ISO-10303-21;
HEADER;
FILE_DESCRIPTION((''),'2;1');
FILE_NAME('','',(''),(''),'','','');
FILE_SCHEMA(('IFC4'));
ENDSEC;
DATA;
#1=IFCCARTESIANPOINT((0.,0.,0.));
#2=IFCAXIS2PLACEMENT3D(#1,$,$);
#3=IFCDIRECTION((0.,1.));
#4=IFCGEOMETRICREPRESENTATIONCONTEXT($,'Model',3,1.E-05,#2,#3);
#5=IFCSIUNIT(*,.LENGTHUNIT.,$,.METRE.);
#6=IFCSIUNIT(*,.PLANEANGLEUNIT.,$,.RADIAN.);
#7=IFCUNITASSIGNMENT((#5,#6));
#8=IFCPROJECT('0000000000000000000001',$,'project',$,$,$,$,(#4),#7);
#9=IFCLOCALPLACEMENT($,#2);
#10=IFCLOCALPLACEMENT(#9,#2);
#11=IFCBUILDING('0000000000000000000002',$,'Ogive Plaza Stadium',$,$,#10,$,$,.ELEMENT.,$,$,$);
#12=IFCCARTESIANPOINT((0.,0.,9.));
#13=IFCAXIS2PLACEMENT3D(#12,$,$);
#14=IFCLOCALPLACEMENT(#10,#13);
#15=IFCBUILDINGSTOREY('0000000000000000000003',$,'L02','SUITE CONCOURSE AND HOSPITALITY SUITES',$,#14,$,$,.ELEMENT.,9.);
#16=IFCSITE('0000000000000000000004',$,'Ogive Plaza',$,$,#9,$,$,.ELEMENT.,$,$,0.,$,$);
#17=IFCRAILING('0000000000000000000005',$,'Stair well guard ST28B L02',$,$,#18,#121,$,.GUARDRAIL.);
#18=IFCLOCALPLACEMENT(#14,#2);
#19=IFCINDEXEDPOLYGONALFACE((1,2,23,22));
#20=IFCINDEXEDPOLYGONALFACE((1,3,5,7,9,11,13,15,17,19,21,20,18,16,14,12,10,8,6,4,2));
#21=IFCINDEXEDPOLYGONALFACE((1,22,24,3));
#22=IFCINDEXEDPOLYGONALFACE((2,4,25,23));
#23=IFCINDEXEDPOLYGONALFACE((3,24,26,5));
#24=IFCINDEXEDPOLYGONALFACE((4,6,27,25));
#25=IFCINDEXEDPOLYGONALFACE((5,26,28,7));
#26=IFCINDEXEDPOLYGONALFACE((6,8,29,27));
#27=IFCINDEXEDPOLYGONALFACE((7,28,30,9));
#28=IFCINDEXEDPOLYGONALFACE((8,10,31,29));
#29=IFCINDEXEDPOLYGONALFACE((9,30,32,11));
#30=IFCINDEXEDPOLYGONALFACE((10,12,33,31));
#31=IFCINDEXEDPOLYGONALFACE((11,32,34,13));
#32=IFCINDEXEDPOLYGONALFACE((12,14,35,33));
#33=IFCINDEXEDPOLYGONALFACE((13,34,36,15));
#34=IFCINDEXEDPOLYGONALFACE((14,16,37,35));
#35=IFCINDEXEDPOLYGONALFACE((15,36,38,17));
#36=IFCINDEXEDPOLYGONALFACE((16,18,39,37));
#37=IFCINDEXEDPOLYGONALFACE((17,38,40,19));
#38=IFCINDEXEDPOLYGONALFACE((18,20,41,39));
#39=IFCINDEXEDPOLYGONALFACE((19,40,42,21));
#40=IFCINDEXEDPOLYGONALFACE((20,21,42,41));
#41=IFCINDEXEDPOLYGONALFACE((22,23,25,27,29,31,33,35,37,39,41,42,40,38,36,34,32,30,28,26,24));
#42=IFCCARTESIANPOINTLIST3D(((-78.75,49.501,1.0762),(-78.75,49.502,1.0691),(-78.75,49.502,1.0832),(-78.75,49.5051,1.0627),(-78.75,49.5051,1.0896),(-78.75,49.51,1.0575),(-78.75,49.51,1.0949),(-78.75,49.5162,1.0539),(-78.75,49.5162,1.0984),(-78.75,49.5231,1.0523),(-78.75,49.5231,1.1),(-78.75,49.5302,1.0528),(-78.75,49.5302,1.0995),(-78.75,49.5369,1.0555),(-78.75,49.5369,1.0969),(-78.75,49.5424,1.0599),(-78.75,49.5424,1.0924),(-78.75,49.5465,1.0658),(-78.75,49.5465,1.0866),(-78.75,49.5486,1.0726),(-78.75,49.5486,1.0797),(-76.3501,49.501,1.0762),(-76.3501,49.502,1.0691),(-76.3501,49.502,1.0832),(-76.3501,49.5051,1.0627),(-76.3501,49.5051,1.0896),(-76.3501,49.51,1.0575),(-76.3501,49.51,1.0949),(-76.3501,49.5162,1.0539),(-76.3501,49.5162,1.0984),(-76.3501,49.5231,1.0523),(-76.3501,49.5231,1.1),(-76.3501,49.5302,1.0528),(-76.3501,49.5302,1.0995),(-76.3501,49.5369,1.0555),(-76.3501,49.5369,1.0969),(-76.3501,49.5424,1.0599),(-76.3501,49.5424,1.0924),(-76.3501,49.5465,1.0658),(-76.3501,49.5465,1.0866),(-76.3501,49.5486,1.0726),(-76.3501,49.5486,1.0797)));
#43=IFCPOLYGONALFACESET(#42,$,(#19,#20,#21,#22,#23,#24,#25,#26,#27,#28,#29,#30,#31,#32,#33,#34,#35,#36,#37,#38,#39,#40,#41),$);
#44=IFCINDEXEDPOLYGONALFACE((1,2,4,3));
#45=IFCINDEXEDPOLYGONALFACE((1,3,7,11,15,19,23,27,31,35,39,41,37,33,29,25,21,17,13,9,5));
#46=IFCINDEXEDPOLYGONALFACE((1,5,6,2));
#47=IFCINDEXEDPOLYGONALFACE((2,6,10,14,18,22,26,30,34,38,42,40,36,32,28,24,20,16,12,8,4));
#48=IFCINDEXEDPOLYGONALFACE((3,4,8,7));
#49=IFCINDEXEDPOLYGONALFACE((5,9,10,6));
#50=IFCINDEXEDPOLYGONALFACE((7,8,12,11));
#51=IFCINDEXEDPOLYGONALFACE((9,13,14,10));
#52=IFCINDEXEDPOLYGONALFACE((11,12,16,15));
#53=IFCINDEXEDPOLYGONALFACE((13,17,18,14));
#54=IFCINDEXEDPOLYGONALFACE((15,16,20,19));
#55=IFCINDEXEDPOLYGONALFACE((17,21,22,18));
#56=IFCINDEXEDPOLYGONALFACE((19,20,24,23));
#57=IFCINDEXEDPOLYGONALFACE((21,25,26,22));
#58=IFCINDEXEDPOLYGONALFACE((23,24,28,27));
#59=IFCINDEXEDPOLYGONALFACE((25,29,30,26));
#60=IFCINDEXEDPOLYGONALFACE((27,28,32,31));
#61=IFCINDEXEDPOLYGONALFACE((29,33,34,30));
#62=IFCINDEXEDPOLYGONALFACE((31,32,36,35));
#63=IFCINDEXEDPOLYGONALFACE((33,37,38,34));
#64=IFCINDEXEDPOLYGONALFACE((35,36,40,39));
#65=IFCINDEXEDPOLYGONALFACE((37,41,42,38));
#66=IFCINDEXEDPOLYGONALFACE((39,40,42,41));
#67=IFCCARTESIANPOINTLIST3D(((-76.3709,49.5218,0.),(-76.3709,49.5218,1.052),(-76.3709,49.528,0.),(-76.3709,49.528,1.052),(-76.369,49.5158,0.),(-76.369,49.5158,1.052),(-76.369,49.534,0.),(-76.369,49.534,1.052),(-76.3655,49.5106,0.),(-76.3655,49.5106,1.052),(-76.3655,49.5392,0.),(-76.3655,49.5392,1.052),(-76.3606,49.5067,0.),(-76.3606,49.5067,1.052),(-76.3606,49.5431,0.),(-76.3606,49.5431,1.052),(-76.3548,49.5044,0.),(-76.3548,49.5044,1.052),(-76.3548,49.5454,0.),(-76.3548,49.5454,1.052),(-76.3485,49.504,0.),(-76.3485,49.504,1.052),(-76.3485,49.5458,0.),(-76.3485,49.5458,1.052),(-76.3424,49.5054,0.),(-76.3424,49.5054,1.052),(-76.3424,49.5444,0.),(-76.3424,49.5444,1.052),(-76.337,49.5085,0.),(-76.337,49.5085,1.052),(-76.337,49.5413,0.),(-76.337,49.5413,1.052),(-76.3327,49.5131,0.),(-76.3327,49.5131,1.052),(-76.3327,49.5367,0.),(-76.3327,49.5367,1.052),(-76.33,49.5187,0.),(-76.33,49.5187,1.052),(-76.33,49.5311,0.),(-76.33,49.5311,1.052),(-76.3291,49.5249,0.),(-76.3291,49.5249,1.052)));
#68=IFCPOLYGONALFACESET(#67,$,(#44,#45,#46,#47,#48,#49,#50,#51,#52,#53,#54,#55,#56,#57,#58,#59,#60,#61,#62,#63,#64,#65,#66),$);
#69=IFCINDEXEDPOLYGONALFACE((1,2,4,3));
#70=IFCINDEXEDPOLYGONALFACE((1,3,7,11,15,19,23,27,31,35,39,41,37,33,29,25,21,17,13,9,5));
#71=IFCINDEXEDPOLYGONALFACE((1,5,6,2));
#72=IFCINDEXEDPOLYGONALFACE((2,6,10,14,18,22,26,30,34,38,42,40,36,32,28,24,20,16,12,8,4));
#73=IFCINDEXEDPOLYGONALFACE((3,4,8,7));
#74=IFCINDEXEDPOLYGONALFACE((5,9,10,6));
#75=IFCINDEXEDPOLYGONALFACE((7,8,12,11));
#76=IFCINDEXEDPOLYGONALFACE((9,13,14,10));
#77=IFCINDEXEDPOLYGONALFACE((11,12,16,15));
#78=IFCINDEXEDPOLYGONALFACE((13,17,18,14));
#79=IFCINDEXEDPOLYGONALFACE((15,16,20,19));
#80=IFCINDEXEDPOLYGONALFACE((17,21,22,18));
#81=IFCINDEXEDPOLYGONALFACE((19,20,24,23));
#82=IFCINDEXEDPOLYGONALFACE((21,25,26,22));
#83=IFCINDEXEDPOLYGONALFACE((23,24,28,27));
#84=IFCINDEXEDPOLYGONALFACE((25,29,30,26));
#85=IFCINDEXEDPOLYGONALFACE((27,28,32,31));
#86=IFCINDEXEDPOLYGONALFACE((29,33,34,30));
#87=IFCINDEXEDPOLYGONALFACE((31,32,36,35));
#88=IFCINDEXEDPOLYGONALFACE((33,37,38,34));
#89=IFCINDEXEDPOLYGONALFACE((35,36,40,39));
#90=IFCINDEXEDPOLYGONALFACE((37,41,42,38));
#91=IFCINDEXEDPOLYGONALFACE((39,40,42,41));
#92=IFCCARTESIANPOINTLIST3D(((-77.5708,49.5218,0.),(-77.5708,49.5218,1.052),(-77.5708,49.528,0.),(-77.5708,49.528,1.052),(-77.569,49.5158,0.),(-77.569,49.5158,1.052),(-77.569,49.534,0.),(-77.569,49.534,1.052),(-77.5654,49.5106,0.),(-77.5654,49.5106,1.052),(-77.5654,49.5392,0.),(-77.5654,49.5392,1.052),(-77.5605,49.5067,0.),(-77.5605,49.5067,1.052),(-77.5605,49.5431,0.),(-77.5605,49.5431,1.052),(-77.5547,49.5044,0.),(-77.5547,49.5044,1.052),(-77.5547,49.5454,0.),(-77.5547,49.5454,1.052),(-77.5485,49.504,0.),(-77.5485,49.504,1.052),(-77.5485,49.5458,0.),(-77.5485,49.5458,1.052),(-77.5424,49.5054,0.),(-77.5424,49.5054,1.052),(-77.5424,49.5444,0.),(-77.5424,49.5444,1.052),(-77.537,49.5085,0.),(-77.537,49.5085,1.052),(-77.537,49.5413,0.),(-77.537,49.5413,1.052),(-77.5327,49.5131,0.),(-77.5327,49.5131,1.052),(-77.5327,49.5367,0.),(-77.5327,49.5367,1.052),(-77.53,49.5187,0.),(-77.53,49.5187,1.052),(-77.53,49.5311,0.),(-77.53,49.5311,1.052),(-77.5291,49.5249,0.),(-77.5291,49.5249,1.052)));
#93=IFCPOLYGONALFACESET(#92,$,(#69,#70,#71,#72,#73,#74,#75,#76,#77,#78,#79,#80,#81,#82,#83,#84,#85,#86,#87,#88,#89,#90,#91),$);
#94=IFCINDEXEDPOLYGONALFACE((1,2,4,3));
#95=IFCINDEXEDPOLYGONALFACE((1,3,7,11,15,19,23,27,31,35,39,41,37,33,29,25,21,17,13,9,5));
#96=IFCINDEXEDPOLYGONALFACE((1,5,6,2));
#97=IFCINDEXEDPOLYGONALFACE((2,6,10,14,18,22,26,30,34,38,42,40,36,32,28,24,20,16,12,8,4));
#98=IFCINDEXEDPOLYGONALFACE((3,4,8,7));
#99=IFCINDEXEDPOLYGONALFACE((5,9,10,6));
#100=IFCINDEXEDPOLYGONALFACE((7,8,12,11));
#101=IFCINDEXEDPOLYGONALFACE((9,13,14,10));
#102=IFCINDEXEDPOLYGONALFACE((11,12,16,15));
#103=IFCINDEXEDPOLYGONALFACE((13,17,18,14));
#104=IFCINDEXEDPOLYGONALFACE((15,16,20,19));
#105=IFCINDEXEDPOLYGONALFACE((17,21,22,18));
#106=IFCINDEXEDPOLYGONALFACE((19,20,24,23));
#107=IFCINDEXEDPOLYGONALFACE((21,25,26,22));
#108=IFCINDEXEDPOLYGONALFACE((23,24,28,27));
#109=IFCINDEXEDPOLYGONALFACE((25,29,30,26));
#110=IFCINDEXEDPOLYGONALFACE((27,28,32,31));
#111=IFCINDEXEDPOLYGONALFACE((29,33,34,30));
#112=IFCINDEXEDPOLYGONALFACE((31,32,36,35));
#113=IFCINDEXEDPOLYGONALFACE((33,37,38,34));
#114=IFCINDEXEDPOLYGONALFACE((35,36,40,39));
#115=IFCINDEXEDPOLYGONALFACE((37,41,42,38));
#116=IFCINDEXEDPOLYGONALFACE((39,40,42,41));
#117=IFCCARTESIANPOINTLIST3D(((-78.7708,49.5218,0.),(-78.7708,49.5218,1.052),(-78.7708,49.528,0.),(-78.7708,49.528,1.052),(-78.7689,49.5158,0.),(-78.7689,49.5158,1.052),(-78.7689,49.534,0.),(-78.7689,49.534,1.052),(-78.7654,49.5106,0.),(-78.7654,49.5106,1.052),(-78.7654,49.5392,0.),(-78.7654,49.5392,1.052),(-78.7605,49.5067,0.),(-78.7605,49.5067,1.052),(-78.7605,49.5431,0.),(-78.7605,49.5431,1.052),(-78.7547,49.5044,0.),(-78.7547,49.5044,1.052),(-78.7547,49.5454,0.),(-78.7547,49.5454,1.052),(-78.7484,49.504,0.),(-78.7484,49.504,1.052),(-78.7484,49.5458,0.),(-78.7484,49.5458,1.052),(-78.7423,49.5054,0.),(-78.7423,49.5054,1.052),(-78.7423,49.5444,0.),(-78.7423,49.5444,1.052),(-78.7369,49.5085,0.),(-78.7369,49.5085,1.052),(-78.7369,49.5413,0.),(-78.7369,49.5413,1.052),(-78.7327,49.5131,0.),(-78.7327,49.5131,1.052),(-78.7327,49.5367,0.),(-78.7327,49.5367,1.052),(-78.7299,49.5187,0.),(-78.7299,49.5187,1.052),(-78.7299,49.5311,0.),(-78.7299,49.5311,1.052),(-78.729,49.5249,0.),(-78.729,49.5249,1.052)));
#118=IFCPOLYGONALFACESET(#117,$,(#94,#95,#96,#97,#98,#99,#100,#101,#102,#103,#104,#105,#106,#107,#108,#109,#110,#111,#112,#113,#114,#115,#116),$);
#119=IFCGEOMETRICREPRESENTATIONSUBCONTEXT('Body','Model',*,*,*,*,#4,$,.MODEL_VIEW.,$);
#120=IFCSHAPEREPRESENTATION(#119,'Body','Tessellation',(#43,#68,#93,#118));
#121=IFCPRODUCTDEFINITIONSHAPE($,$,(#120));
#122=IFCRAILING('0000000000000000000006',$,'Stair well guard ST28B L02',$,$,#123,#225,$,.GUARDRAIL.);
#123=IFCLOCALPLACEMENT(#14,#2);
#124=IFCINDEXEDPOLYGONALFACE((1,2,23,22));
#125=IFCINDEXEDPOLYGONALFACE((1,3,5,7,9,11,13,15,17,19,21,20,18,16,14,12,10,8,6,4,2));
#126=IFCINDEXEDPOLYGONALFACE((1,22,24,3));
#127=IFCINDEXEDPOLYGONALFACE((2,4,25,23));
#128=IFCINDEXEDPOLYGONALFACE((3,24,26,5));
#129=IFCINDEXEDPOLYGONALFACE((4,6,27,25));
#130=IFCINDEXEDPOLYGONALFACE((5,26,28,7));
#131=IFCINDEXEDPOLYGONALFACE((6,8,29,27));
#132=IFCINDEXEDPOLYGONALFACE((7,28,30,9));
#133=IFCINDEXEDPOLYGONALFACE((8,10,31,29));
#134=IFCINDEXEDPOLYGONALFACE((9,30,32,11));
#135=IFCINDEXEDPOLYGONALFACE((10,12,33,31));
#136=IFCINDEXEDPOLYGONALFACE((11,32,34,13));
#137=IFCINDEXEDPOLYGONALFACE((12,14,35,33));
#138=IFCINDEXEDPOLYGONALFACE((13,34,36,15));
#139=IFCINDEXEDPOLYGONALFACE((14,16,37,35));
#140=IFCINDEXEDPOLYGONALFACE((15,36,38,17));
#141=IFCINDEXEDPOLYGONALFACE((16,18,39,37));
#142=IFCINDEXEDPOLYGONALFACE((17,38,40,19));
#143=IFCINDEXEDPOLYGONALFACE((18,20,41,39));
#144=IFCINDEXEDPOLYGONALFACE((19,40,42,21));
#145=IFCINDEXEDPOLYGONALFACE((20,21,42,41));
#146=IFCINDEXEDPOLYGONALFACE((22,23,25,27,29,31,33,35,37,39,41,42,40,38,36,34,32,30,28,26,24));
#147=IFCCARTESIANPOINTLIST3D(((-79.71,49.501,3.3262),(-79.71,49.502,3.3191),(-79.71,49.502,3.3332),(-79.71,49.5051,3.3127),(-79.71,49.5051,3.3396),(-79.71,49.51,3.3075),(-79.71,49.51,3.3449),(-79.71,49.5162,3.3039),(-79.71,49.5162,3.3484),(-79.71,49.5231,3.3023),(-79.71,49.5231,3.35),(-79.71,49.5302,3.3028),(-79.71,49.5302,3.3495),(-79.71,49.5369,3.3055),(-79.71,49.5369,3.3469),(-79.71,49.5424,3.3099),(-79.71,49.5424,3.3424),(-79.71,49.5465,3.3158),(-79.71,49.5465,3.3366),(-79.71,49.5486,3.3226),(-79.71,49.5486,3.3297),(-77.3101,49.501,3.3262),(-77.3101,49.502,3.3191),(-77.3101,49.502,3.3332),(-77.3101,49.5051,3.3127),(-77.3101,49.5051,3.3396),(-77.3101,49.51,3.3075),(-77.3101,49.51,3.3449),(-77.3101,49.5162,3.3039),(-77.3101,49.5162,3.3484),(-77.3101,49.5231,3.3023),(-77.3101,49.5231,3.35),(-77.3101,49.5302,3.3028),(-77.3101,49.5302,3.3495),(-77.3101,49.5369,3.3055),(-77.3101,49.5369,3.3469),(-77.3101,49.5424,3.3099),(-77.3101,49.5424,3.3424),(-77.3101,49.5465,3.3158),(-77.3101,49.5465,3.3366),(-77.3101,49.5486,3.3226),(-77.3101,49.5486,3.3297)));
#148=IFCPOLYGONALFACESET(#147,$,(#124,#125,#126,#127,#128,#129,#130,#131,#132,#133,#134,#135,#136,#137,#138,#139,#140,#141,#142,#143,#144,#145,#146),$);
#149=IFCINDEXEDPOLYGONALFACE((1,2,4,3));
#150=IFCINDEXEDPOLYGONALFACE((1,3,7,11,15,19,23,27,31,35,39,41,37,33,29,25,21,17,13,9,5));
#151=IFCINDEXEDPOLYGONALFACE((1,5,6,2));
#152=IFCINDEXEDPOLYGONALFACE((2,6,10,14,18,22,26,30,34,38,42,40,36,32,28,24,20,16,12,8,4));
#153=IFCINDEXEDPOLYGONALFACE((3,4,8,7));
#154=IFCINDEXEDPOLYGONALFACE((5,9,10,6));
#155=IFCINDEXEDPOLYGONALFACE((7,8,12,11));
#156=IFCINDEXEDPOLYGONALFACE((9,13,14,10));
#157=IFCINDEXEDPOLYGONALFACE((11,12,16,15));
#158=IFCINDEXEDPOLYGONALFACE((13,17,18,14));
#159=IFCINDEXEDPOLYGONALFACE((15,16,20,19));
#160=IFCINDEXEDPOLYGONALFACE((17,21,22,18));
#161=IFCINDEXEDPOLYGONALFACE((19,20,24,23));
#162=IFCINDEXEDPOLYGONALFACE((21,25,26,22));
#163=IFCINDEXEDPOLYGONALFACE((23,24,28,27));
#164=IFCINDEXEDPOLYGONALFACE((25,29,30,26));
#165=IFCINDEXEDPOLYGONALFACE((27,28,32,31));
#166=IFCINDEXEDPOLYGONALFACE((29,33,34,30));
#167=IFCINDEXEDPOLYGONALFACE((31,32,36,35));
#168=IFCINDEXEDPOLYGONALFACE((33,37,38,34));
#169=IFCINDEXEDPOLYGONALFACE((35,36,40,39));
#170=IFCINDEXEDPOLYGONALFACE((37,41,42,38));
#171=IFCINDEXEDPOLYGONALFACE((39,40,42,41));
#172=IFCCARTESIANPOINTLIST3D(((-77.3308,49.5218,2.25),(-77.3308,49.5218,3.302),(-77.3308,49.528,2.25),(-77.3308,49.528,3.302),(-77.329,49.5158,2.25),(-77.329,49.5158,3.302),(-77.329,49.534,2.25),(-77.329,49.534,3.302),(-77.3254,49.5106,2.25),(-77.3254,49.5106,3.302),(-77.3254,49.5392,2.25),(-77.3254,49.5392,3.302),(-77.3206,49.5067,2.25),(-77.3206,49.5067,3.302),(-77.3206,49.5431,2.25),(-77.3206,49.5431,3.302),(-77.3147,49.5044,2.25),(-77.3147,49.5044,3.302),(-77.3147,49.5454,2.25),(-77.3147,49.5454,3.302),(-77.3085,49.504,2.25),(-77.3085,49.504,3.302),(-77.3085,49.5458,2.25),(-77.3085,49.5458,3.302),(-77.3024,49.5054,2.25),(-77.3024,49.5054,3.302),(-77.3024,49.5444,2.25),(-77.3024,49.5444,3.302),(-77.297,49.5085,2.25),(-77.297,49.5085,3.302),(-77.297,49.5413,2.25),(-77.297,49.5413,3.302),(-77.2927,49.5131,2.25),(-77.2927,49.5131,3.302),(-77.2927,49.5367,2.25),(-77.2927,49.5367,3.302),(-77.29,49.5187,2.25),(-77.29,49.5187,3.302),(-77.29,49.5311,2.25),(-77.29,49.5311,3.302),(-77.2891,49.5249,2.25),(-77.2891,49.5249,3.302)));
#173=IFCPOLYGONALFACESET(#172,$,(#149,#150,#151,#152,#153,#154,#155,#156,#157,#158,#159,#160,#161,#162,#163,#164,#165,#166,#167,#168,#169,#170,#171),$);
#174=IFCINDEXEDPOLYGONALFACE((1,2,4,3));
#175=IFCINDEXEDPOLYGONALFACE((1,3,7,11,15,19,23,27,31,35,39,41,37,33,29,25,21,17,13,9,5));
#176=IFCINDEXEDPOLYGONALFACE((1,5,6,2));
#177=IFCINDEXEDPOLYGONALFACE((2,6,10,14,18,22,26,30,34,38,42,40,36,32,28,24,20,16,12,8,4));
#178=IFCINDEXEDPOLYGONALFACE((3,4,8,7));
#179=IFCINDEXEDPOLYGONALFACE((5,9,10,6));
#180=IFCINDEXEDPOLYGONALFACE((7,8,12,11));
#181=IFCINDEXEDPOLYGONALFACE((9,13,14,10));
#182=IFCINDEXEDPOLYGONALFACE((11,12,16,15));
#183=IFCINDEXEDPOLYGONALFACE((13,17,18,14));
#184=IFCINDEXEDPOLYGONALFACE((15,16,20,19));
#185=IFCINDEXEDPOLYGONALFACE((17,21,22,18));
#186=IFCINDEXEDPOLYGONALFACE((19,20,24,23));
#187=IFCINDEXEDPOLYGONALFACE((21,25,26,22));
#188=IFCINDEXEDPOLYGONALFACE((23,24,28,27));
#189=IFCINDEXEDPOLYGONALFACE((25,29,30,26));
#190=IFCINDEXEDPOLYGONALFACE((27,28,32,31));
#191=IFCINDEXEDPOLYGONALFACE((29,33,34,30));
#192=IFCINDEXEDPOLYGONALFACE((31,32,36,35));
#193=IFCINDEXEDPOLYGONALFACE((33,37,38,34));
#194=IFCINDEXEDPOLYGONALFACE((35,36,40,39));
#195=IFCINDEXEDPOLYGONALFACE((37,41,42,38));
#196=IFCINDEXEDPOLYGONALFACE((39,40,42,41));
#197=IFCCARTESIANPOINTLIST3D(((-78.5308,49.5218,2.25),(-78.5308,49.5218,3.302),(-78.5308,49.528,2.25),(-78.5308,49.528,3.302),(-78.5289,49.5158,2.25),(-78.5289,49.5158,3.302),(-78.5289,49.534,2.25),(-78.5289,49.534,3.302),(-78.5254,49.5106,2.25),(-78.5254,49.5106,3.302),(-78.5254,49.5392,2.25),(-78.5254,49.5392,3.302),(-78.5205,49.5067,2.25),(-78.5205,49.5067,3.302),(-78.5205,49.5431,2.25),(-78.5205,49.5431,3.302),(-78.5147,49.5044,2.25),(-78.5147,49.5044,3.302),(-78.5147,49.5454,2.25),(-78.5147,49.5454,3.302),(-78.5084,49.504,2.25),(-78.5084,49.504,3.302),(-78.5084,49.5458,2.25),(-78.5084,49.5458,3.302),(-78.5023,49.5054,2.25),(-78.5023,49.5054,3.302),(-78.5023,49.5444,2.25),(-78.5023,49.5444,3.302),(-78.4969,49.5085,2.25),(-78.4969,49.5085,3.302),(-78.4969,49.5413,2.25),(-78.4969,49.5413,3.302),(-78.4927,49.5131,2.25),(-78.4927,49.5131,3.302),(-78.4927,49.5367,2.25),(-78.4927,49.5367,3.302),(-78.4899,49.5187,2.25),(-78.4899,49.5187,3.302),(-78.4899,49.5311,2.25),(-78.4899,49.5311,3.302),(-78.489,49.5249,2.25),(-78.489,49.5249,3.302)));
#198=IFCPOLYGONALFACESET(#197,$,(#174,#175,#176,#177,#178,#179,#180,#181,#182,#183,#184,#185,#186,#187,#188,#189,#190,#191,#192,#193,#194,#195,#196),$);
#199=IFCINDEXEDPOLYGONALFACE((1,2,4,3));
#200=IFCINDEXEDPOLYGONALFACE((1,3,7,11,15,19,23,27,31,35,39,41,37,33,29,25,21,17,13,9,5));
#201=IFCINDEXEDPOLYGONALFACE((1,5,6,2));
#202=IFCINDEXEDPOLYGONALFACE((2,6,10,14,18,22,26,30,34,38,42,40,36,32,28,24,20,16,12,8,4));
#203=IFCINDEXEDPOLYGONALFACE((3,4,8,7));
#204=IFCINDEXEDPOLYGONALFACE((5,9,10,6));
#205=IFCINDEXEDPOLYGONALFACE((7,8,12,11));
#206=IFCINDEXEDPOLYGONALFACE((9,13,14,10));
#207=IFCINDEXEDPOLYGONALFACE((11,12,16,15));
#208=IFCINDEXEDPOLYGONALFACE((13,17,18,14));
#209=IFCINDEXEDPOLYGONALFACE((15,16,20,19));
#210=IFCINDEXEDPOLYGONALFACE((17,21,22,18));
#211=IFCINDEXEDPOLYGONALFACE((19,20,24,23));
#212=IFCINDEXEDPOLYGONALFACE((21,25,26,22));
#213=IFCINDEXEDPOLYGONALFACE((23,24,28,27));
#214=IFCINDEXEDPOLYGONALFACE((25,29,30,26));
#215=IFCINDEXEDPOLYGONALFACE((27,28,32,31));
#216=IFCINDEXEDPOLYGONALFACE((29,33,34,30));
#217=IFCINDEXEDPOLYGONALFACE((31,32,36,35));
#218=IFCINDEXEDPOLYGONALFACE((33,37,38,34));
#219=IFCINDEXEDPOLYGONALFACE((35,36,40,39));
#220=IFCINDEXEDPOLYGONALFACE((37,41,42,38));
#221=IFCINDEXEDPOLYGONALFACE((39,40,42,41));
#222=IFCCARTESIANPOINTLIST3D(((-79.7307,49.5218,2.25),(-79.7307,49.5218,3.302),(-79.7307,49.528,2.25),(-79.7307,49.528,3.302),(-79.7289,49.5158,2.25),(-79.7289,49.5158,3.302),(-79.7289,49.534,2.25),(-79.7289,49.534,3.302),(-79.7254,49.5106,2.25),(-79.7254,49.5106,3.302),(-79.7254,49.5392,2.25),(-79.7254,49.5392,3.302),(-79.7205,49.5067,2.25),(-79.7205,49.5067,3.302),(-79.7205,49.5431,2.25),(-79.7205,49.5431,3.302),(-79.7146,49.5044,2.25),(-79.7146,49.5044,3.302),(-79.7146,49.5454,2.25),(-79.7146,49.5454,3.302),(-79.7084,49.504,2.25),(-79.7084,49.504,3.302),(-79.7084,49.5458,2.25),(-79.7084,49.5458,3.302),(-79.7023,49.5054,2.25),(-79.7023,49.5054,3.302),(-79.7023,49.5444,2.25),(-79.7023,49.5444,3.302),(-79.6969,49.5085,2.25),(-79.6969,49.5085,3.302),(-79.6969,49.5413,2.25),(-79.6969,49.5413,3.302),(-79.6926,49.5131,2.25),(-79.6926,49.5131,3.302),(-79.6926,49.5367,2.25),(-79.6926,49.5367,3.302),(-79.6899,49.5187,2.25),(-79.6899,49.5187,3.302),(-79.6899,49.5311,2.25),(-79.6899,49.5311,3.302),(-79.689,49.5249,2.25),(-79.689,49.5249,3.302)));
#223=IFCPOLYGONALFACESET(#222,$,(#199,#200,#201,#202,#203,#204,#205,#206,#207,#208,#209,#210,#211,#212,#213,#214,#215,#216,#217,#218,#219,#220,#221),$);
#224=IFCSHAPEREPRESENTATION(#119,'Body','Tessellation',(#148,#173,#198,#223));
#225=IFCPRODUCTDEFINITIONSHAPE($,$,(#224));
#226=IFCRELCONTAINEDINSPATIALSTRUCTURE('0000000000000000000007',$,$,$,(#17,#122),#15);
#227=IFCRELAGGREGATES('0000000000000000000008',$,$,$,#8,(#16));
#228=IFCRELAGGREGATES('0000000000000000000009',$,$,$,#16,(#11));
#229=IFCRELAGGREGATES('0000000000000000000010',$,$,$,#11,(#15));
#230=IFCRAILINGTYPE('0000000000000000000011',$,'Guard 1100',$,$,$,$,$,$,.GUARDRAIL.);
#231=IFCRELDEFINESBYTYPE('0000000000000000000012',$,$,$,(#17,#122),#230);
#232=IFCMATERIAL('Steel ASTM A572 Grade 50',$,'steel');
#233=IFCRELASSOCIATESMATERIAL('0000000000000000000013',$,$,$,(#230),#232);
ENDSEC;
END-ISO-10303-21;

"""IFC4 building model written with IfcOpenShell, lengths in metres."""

from ifc_helpers import new_model, si_unit, direction, frame, origin, origin_2d, place, context, subcontext, project, spatial, circle, extrude, material, type_object, element, save


model = new_model("IFC4")

# Units and contexts
model_context = context("Model", 3, precision=1e-05, world=origin(), true_north=direction((0.0, 1.0)))
body_context = subcontext(model_context, "Body", "Model", "MODEL_VIEW")
ifc_project = project(units=[si_unit("LENGTHUNIT", "METRE"), si_unit("PLANEANGLEUNIT", "RADIAN")], contexts=[model_context])

# Site, building, storey
site_placement = place(None, origin())
site = spatial("IfcSite", under=ifc_project, at=site_placement, Name="Ogive Plaza", CompositionType="ELEMENT", RefElevation=0.0)
building_placement = place(site_placement, origin())
building = spatial("IfcBuilding", under=site, at=building_placement, Name="Ogive Plaza Stadium", CompositionType="ELEMENT")
storey_placement = place(building_placement, frame((0.0, 0.0, 9.0)))
storey = spatial("IfcBuildingStorey", under=building, at=storey_placement, Name="L02", Description="SUITE CONCOURSE AND HOSPITALITY SUITES", CompositionType="ELEMENT", Elevation=9.0)

# Railings
ifc_material_1 = material(Name="Steel ASTM A572 Grade 50", Category="steel")
railing_type_1 = type_object("IfcRailingType", Name="Guard 1100", PredefinedType="GUARDRAIL", material=ifc_material_1)
for number, where, name in (
    (1, (-76.3501, 49.5249, 0.0), "Stair well guard ST28B L02"),
    (2, (-77.3101, 49.5249, 2.25), "Stair well guard ST28B L02"),
):
    element("IfcRailing", number, at=place(storey_placement, frame(where)), inside=storey, type_object=railing_type_1, Name=name, PredefinedType="GUARDRAIL", context=body_context, shape_type="SweptSolid", body=[
        extrude(circle(Radius=0.0239, at=origin_2d()), frame((0.0, 0.0, 1.0762), z_axis=(-1.0, 0.0, 0.0), x_axis=(0.0, -1.0, 0.0)), (0.0, 0.0, 1.0), 2.3999),
        extrude(circle(Radius=0.021, at=origin_2d()), origin(), (0.0, 0.0, 1.0), 1.052),
        extrude(circle(Radius=0.021, at=origin_2d()), frame((-1.2, 0.0, 0.0)), (0.0, 0.0, 1.0), 1.052),
        extrude(circle(Radius=0.021, at=origin_2d()), frame((-2.3999, 0.0, 0.0)), (0.0, 0.0, 1.0), 1.052),
    ])

save(model, "model.ifc")
